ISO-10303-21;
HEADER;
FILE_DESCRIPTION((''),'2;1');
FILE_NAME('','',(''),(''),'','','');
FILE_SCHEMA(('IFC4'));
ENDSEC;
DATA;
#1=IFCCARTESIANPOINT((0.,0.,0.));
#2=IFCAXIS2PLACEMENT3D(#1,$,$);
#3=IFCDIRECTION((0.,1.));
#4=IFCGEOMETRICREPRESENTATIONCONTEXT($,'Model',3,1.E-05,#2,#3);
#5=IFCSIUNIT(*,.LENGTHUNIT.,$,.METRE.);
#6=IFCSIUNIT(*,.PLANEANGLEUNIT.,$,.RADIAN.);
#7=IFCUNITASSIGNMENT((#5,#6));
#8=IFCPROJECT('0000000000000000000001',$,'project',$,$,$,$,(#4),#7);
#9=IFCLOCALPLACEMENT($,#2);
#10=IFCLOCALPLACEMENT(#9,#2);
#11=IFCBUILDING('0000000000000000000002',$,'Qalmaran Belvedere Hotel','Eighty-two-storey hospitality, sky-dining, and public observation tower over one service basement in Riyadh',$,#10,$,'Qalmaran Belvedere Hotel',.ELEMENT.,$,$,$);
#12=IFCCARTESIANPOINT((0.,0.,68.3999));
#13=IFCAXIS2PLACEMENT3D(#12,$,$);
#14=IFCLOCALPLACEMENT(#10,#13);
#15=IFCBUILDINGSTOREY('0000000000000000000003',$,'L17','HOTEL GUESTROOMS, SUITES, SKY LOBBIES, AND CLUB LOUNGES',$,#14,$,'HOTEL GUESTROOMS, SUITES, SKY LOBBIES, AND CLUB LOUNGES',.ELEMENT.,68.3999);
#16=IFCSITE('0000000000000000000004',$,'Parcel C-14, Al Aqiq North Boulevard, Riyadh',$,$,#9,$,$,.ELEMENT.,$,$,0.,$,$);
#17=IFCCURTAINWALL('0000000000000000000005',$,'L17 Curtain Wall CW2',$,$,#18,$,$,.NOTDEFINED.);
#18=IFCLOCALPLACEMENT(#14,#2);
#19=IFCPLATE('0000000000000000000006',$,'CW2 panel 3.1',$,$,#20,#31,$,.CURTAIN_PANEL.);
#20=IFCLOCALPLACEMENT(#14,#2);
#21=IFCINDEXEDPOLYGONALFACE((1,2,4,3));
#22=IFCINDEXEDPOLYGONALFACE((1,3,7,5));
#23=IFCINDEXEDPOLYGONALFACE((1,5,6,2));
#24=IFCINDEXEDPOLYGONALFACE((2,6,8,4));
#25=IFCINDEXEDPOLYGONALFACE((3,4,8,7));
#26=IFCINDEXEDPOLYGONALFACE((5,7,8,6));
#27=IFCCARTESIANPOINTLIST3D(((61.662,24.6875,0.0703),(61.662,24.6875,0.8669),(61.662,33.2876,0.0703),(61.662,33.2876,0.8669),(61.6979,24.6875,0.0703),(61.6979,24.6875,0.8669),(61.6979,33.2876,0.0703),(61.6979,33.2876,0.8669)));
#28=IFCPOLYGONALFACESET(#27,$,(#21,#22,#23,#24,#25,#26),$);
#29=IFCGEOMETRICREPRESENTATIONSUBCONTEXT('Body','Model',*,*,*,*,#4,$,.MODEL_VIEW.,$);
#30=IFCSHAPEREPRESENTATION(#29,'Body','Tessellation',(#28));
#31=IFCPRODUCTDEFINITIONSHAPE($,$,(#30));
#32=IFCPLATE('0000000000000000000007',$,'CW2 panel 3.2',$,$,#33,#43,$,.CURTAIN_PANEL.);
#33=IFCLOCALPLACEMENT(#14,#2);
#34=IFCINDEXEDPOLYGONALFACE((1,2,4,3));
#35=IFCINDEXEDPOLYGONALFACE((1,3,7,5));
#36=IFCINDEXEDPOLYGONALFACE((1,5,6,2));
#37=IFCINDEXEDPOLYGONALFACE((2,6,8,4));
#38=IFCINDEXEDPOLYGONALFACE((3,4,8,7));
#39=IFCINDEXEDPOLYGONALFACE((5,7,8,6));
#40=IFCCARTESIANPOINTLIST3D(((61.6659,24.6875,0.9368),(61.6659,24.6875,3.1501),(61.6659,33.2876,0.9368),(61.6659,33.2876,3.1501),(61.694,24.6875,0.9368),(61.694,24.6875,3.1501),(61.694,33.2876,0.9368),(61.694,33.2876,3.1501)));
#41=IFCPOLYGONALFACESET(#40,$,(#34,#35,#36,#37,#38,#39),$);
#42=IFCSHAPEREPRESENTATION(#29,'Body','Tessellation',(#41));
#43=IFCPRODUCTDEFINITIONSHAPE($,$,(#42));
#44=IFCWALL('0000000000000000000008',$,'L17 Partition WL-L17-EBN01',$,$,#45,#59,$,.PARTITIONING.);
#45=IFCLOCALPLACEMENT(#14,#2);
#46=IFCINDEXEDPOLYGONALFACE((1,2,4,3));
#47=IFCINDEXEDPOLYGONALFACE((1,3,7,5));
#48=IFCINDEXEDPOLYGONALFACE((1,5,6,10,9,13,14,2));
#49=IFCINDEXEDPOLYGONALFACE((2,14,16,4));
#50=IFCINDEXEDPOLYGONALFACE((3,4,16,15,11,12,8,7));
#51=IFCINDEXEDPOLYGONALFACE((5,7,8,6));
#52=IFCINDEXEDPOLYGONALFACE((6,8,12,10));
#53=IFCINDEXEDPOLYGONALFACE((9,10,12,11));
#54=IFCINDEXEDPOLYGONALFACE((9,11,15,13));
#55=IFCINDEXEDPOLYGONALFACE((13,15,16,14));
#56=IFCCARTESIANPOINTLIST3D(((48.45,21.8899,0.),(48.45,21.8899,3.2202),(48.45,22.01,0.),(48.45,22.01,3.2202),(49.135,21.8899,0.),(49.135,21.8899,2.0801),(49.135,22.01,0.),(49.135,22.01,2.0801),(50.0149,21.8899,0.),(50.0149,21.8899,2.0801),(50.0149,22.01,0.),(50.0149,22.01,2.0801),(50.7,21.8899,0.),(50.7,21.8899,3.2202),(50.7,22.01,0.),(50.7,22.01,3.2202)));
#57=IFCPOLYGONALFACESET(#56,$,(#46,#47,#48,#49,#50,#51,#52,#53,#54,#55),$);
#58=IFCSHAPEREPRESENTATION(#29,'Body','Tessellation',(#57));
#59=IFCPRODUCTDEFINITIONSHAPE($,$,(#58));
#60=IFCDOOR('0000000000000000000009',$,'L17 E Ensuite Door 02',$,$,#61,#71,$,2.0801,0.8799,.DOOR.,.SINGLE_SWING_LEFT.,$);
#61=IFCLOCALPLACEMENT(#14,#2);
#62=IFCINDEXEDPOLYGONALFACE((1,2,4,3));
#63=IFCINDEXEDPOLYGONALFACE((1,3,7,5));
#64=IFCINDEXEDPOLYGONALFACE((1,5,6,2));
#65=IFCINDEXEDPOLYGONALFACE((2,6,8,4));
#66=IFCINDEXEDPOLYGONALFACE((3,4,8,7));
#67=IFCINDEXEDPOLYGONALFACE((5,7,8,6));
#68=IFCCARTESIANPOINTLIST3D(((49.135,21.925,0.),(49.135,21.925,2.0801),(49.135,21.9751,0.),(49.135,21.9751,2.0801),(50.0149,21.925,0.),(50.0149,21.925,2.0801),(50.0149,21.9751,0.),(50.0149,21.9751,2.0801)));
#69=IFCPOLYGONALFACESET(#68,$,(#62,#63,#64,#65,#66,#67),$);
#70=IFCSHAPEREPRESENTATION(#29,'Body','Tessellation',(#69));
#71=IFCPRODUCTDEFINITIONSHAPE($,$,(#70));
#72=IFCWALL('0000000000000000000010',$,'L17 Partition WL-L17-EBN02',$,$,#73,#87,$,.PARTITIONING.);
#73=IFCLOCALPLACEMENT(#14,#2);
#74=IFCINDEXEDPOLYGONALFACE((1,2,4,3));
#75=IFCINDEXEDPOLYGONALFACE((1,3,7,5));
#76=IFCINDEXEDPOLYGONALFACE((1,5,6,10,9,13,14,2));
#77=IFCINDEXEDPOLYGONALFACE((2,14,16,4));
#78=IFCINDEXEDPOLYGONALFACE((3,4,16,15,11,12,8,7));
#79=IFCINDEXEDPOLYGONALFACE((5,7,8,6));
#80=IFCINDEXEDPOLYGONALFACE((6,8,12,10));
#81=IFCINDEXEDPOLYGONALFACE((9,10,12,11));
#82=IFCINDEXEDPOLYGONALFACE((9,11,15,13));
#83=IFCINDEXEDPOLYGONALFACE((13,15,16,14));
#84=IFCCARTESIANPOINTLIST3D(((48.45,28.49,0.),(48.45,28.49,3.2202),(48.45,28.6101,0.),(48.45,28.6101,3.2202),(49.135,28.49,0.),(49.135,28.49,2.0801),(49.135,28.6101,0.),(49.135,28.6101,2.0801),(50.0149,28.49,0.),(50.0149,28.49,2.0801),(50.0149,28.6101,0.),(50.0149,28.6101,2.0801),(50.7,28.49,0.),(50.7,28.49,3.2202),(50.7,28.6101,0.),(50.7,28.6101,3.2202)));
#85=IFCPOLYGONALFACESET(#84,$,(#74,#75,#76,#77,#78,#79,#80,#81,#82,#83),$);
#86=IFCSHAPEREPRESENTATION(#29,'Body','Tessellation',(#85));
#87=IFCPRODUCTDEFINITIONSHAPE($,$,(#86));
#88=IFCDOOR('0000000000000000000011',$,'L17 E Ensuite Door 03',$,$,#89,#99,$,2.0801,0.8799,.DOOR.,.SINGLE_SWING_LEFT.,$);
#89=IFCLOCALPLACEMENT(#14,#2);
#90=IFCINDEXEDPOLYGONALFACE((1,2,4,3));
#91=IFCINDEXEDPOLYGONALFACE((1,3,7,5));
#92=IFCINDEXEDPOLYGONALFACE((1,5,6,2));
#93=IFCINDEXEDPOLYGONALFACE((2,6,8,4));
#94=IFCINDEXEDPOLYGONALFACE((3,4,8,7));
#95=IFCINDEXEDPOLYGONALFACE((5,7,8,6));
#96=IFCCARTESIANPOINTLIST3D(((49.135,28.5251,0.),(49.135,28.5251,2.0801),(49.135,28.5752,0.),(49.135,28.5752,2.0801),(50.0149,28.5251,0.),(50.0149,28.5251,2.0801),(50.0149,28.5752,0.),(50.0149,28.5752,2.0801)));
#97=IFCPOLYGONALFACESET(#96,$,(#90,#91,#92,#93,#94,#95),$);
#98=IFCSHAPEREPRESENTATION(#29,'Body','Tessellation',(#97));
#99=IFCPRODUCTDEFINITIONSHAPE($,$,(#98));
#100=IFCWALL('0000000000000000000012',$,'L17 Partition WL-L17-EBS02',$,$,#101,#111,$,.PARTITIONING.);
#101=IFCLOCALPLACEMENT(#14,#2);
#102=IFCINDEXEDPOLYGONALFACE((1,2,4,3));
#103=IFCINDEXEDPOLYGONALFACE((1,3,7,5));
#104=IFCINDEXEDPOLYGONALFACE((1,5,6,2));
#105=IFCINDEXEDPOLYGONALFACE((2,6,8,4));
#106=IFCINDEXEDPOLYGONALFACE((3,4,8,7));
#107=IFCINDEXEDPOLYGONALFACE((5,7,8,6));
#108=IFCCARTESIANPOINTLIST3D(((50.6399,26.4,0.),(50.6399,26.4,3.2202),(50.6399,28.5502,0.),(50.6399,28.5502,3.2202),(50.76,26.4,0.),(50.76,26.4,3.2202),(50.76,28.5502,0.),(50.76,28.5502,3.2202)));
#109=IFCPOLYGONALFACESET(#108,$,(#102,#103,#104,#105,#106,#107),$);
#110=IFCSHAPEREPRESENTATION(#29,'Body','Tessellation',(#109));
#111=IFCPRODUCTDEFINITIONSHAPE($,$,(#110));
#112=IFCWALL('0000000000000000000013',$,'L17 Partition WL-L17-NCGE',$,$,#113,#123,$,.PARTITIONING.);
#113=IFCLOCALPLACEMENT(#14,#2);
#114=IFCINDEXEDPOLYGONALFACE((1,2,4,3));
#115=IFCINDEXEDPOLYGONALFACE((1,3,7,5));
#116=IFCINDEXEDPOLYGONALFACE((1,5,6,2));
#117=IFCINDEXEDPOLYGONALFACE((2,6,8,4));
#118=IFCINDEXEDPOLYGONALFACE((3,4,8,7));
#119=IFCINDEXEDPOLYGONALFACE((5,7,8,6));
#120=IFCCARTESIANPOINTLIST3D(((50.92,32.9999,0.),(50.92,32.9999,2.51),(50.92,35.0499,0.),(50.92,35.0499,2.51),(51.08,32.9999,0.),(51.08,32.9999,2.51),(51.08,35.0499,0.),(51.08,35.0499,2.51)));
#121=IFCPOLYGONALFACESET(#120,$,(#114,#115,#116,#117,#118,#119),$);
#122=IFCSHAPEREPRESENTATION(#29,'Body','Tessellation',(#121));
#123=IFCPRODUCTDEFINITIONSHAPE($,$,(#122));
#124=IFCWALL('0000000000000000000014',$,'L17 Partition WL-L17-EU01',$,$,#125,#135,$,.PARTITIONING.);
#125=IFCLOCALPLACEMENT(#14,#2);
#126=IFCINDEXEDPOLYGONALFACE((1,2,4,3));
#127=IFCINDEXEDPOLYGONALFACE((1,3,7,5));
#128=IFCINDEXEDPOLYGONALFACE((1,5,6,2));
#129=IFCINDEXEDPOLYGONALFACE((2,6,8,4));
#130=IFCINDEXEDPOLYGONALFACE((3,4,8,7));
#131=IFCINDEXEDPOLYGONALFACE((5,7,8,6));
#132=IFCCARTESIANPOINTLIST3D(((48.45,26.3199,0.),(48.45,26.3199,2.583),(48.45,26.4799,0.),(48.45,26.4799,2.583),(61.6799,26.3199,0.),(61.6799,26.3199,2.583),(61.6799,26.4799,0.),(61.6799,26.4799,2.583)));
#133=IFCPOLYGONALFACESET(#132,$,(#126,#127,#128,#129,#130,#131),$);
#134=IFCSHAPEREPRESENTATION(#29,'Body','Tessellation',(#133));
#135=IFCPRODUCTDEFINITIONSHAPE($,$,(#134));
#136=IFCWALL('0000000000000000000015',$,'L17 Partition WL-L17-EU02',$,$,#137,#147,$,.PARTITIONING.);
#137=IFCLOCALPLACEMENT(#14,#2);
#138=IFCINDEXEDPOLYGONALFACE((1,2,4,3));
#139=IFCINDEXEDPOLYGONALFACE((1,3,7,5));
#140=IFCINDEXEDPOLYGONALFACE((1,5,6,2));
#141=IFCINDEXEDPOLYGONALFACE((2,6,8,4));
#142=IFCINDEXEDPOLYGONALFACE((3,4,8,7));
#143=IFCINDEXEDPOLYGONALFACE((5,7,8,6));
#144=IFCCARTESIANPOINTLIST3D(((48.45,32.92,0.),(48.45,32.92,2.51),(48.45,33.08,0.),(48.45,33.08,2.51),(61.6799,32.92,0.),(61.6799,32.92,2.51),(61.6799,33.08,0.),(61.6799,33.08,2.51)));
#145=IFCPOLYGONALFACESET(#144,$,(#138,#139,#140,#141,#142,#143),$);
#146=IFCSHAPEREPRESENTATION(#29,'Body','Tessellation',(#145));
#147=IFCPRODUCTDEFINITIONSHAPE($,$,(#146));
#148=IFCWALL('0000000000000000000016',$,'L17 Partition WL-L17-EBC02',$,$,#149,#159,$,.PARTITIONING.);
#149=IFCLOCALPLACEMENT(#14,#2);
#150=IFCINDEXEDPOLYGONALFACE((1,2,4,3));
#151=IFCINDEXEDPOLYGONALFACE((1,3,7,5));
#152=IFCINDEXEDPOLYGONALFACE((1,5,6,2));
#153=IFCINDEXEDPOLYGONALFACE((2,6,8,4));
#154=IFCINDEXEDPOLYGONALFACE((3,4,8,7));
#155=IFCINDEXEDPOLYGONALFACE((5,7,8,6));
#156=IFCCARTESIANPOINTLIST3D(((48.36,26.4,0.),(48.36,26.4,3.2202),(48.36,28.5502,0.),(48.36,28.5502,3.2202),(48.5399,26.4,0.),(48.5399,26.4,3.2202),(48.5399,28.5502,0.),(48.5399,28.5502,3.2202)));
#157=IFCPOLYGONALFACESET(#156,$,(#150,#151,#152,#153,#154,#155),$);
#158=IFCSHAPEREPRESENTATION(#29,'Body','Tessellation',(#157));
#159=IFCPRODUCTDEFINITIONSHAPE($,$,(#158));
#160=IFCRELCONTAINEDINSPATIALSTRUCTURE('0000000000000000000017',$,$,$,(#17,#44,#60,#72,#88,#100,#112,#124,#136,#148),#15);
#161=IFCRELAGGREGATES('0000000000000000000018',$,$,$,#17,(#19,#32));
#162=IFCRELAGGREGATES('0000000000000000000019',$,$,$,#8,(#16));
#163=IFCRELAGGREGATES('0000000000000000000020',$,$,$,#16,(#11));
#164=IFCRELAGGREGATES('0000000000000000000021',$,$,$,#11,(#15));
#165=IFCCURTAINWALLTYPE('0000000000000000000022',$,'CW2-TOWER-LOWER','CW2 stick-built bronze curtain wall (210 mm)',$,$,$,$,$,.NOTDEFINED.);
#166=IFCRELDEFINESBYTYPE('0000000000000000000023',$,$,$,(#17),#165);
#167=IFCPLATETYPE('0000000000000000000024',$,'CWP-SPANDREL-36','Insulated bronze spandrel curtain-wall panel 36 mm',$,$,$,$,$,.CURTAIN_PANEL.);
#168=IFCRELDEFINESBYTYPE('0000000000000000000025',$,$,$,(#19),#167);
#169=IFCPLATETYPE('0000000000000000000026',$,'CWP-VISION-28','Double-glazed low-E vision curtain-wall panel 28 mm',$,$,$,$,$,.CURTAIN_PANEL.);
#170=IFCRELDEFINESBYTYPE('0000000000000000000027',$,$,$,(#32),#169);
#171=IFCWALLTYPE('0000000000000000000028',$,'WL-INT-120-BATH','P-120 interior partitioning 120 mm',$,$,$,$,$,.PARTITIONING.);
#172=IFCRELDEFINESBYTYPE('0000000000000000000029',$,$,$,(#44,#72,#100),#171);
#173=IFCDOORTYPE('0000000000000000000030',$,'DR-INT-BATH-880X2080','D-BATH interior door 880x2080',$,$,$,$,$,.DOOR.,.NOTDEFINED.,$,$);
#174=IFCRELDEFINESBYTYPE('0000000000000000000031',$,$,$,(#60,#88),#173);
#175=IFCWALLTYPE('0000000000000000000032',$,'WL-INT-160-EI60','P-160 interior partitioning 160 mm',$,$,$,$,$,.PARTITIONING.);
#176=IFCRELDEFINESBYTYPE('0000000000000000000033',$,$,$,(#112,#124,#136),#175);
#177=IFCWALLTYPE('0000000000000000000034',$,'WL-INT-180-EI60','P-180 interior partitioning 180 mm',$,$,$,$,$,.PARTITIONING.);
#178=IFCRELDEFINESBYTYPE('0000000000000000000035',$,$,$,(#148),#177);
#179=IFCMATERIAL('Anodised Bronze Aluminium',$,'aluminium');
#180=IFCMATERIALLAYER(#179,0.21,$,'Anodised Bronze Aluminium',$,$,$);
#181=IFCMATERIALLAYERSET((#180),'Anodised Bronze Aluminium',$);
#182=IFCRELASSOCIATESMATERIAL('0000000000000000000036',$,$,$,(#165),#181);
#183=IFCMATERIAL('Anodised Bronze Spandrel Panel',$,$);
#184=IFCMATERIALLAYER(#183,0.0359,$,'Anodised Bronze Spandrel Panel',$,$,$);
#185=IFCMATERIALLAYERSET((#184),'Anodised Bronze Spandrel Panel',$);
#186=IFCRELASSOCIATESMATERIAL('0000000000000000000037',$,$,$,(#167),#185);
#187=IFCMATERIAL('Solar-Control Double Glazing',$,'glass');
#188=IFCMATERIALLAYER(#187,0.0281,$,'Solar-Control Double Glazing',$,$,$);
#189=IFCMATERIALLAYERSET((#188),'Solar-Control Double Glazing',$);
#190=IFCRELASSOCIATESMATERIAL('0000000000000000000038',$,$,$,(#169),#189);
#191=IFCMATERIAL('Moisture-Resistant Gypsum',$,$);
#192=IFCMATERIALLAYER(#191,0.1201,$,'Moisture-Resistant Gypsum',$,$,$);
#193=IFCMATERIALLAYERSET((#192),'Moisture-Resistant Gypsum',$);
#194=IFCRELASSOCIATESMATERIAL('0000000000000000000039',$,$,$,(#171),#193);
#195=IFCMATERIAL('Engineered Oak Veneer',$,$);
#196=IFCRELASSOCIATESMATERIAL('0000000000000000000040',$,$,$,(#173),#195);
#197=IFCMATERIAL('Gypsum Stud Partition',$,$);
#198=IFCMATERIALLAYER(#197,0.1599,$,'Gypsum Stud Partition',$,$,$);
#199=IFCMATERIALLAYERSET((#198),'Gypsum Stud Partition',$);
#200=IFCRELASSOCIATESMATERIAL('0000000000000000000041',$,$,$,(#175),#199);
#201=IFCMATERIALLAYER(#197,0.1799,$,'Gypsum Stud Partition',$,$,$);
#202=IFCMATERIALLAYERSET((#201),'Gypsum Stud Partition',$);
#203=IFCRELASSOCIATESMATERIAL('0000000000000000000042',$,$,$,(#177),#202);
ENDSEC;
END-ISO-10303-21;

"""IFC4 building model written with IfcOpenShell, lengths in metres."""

from ifc_helpers import new_model, si_unit, direction, frame, frame_2d, origin, origin_2d, place, context, subcontext, project, spatial, rectangle, extrude, material, layer, layer_set, type_object, element, fill, aggregate, save


model = new_model("IFC4")

# Units and contexts
model_context = context("Model", 3, precision=1e-05, world=origin(), true_north=direction((0.0, 1.0)))
body_context = subcontext(model_context, "Body", "Model", "MODEL_VIEW")
ifc_project = project(units=[si_unit("LENGTHUNIT", "METRE"), si_unit("PLANEANGLEUNIT", "RADIAN")], contexts=[model_context])

# Site, building, storey
site_placement = place(None, origin())
site = spatial("IfcSite", under=ifc_project, at=site_placement, Name="Parcel C-14, Al Aqiq North Boulevard, Riyadh", CompositionType="ELEMENT", RefElevation=0.0)
building_placement = place(site_placement, origin())
building = spatial("IfcBuilding", under=site, at=building_placement, Name="Qalmaran Belvedere Hotel", Description="Eighty-two-storey hospitality, sky-dining, and public observation tower over one service basement in Riyadh", LongName="Qalmaran Belvedere Hotel", CompositionType="ELEMENT")
storey_placement = place(building_placement, frame((0.0, 0.0, 68.3999)))
storey = spatial("IfcBuildingStorey", under=building, at=storey_placement, Name="L17", Description="HOTEL GUESTROOMS, SUITES, SKY LOBBIES, AND CLUB LOUNGES", LongName="HOTEL GUESTROOMS, SUITES, SKY LOBBIES, AND CLUB LOUNGES", CompositionType="ELEMENT", Elevation=68.3999)

# Curtain wall, plates
ifc_material_1 = material(Name="Anodised Bronze Aluminium", Category="aluminium")
ifc_layer_1 = layer(ifc_material_1, 0.21, Name="Anodised Bronze Aluminium")
ifc_layer_set_1 = layer_set([ifc_layer_1], Name="Anodised Bronze Aluminium")
curtain_wall_type = type_object("IfcCurtainWallType", Name="CW2-TOWER-LOWER", Description="CW2 stick-built bronze curtain wall (210 mm)", PredefinedType="NOTDEFINED", material=ifc_layer_set_1)
curtain_wall_placement = place(storey_placement, origin())
curtain_wall = element("IfcCurtainWall", 1, at=curtain_wall_placement, inside=storey, type_object=curtain_wall_type, Name="L17 Curtain Wall CW2", PredefinedType="NOTDEFINED")
ifc_material_2 = material(Name="Anodised Bronze Spandrel Panel")
ifc_layer_2 = layer(ifc_material_2, 0.0359, Name="Anodised Bronze Spandrel Panel")
ifc_layer_set_2 = layer_set([ifc_layer_2], Name="Anodised Bronze Spandrel Panel")
plate_type_1 = type_object("IfcPlateType", Name="CWP-SPANDREL-36", Description="Insulated bronze spandrel curtain-wall panel 36 mm", PredefinedType="CURTAIN_PANEL", material=ifc_layer_set_2)
plate_1_placement = place(storey_placement, frame((61.6799, 28.9875, 0.0703), z_axis=(0.0, 0.0, 1.0), x_axis=(0.0, 1.0, 0.0)))
plate_1 = element("IfcPlate", 2, at=plate_1_placement, type_object=plate_type_1, Name="CW2 panel 3.1", PredefinedType="CURTAIN_PANEL", context=body_context, shape_type="SweptSolid", body=[
    extrude(rectangle(XDim=8.6001, YDim=0.0359, at=origin_2d()), origin(), (0.0, 0.0, 1.0), 0.7966),
])
ifc_material_3 = material(Name="Solar-Control Double Glazing", Category="glass")
ifc_layer_3 = layer(ifc_material_3, 0.0281, Name="Solar-Control Double Glazing")
ifc_layer_set_3 = layer_set([ifc_layer_3], Name="Solar-Control Double Glazing")
plate_type_2 = type_object("IfcPlateType", Name="CWP-VISION-28", Description="Double-glazed low-E vision curtain-wall panel 28 mm", PredefinedType="CURTAIN_PANEL", material=ifc_layer_set_3)
plate_2_placement = place(storey_placement, frame((61.6799, 28.9875, 0.9368), z_axis=(0.0, 0.0, 1.0), x_axis=(0.0, 1.0, 0.0)))
plate_2 = element("IfcPlate", 3, at=plate_2_placement, type_object=plate_type_2, Name="CW2 panel 3.2", PredefinedType="CURTAIN_PANEL", context=body_context, shape_type="SweptSolid", body=[
    extrude(rectangle(XDim=8.6001, YDim=0.0281, at=origin_2d()), origin(), (0.0, 0.0, 1.0), 2.2134),
])
aggregate(curtain_wall, [plate_1, plate_2])

# Walls, openings, doors
ifc_material_4 = material(Name="Moisture-Resistant Gypsum")
ifc_layer_4 = layer(ifc_material_4, 0.1201, Name="Moisture-Resistant Gypsum")
ifc_layer_set_4 = layer_set([ifc_layer_4], Name="Moisture-Resistant Gypsum")
wall_type_1 = type_object("IfcWallType", Name="WL-INT-120-BATH", Description="P-120 interior partitioning 120 mm", PredefinedType="PARTITIONING", material=ifc_layer_set_4)
wall_1_placement = place(storey_placement, frame((48.45, 21.95, 0.0), z_axis=(0.0, 0.0, 1.0), x_axis=(1.0, 0.0, 0.0)))
wall_1 = element("IfcWall", 4, at=wall_1_placement, inside=storey, type_object=wall_type_1, Name="L17 Partition WL-L17-EBN01", PredefinedType="PARTITIONING", context=body_context, shape_type="SweptSolid", body=[
    extrude(rectangle(XDim=2.25, YDim=0.1201, at=frame_2d((1.125, 0.0))), origin(), (0.0, 0.0, 1.0), 3.2202),
])
opening_1_placement = place(wall_1_placement, frame((1.5649, 0.0, 0.0), z_axis=(0.0, 0.0, 1.0), x_axis=(-1.0, 0.0, 0.0)))
opening_1 = element("IfcOpeningElement", 5, at=opening_1_placement, cuts=wall_1, PredefinedType="OPENING", context=body_context, shape_type="SweptSolid", body=[
    extrude(rectangle(XDim=0.8799, YDim=2.0801, at=frame_2d((0.4399, 1.04))), frame((0.0, 0.0701, 0.0), z_axis=(0.0, -1.0, 0.0), x_axis=(1.0, 0.0, 0.0)), (0.0, 0.0, 1.0), 0.1401),
])
ifc_material_5 = material(Name="Engineered Oak Veneer")
door_type_1 = type_object("IfcDoorType", Name="DR-INT-BATH-880X2080", Description="D-BATH interior door 880x2080", OperationType="NOTDEFINED", PredefinedType="DOOR", material=ifc_material_5)
door_1_placement = place(opening_1_placement, origin())
door_1 = element("IfcDoor", 6, at=door_1_placement, inside=storey, type_object=door_type_1, Name="L17 E Ensuite Door 02", OperationType="SINGLE_SWING_LEFT", OverallHeight=2.0801, OverallWidth=0.8799, PredefinedType="DOOR", context=body_context, shape_type="SweptSolid", body=[
    extrude(rectangle(XDim=0.8799, YDim=2.0801, at=frame_2d((0.4399, 1.04))), frame((0.0, 0.0249, 0.0), z_axis=(0.0, -1.0, 0.0), x_axis=(1.0, 0.0, 0.0)), (0.0, 0.0, 1.0), 0.05),
])
fill(opening_1, door_1)
wall_2_placement = place(storey_placement, frame((48.45, 28.55, 0.0), z_axis=(0.0, 0.0, 1.0), x_axis=(1.0, 0.0, 0.0)))
wall_2 = element("IfcWall", 7, at=wall_2_placement, inside=storey, type_object=wall_type_1, Name="L17 Partition WL-L17-EBN02", PredefinedType="PARTITIONING", context=body_context, shape_type="SweptSolid", body=[
    extrude(rectangle(XDim=2.25, YDim=0.1201, at=frame_2d((1.125, 0.0))), origin(), (0.0, 0.0, 1.0), 3.2202),
])
opening_2_placement = place(wall_2_placement, frame((1.5649, 0.0, 0.0), z_axis=(0.0, 0.0, 1.0), x_axis=(-1.0, 0.0, 0.0)))
opening_2 = element("IfcOpeningElement", 8, at=opening_2_placement, cuts=wall_2, PredefinedType="OPENING", context=body_context, shape_type="SweptSolid", body=[
    extrude(rectangle(XDim=0.8799, YDim=2.0801, at=frame_2d((0.4399, 1.04))), frame((0.0, 0.0701, 0.0), z_axis=(0.0, -1.0, 0.0), x_axis=(1.0, 0.0, 0.0)), (0.0, 0.0, 1.0), 0.1401),
])
door_2_placement = place(opening_2_placement, origin())
door_2 = element("IfcDoor", 9, at=door_2_placement, inside=storey, type_object=door_type_1, Name="L17 E Ensuite Door 03", OperationType="SINGLE_SWING_LEFT", OverallHeight=2.0801, OverallWidth=0.8799, PredefinedType="DOOR", context=body_context, shape_type="SweptSolid", body=[
    extrude(rectangle(XDim=0.8799, YDim=2.0801, at=frame_2d((0.4399, 1.04))), frame((0.0, 0.0249, 0.0), z_axis=(0.0, -1.0, 0.0), x_axis=(1.0, 0.0, 0.0)), (0.0, 0.0, 1.0), 0.05),
])
fill(opening_2, door_2)

# Walls
wall_3_placement = place(storey_placement, frame((50.7, 26.3999, 0.0), z_axis=(0.0, 0.0, 1.0), x_axis=(0.0, 1.0, 0.0)))
element("IfcWall", 10, at=wall_3_placement, inside=storey, type_object=wall_type_1, Name="L17 Partition WL-L17-EBS02", PredefinedType="PARTITIONING", context=body_context, shape_type="SweptSolid", body=[
    extrude(rectangle(XDim=2.1501, YDim=0.1201, at=frame_2d((1.0752, 0.0))), origin(), (0.0, 0.0, 1.0), 3.2202),
])
ifc_material_6 = material(Name="Gypsum Stud Partition")
ifc_layer_5 = layer(ifc_material_6, 0.1599, Name="Gypsum Stud Partition")
ifc_layer_set_5 = layer_set([ifc_layer_5], Name="Gypsum Stud Partition")
wall_type_2 = type_object("IfcWallType", Name="WL-INT-160-EI60", Description="P-160 interior partitioning 160 mm", PredefinedType="PARTITIONING", material=ifc_layer_set_5)
wall_4_placement = place(storey_placement, frame((51.0, 33.0, 0.0), z_axis=(0.0, 0.0, 1.0), x_axis=(0.0, 1.0, 0.0)))
element("IfcWall", 11, at=wall_4_placement, inside=storey, type_object=wall_type_2, Name="L17 Partition WL-L17-NCGE", PredefinedType="PARTITIONING", context=body_context, shape_type="SweptSolid", body=[
    extrude(rectangle(XDim=2.05, YDim=0.1599, at=frame_2d((1.0249, 0.0))), origin(), (0.0, 0.0, 1.0), 2.51),
])
wall_5_placement = place(storey_placement, frame((48.45, 26.3999, 0.0), z_axis=(0.0, 0.0, 1.0), x_axis=(1.0, 0.0, 0.0)))
element("IfcWall", 12, at=wall_5_placement, inside=storey, type_object=wall_type_2, Name="L17 Partition WL-L17-EU01", PredefinedType="PARTITIONING", context=body_context, shape_type="SweptSolid", body=[
    extrude(rectangle(XDim=13.23, YDim=0.1599, at=frame_2d((6.615, 0.0))), origin(), (0.0, 0.0, 1.0), 2.583),
])
wall_6_placement = place(storey_placement, frame((48.45, 33.0, 0.0), z_axis=(0.0, 0.0, 1.0), x_axis=(1.0, 0.0, 0.0)))
element("IfcWall", 13, at=wall_6_placement, inside=storey, type_object=wall_type_2, Name="L17 Partition WL-L17-EU02", PredefinedType="PARTITIONING", context=body_context, shape_type="SweptSolid", body=[
    extrude(rectangle(XDim=13.23, YDim=0.1599, at=frame_2d((6.615, 0.0))), origin(), (0.0, 0.0, 1.0), 2.51),
])

# Shared definitions
ifc_layer_6 = layer(ifc_material_6, 0.1799, Name="Gypsum Stud Partition")
ifc_layer_set_6 = layer_set([ifc_layer_6], Name="Gypsum Stud Partition")
wall_type_3 = type_object("IfcWallType", Name="WL-INT-180-EI60", Description="P-180 interior partitioning 180 mm", PredefinedType="PARTITIONING", material=ifc_layer_set_6)

# Wall
wall_7_placement = place(storey_placement, frame((48.45, 26.3999, 0.0), z_axis=(0.0, 0.0, 1.0), x_axis=(0.0, 1.0, 0.0)))
element("IfcWall", 14, at=wall_7_placement, inside=storey, type_object=wall_type_3, Name="L17 Partition WL-L17-EBC02", PredefinedType="PARTITIONING", context=body_context, shape_type="SweptSolid", body=[
    extrude(rectangle(XDim=2.1501, YDim=0.1799, at=frame_2d((1.0752, 0.0))), origin(), (0.0, 0.0, 1.0), 3.2202),
])

save(model, "model.ifc")
